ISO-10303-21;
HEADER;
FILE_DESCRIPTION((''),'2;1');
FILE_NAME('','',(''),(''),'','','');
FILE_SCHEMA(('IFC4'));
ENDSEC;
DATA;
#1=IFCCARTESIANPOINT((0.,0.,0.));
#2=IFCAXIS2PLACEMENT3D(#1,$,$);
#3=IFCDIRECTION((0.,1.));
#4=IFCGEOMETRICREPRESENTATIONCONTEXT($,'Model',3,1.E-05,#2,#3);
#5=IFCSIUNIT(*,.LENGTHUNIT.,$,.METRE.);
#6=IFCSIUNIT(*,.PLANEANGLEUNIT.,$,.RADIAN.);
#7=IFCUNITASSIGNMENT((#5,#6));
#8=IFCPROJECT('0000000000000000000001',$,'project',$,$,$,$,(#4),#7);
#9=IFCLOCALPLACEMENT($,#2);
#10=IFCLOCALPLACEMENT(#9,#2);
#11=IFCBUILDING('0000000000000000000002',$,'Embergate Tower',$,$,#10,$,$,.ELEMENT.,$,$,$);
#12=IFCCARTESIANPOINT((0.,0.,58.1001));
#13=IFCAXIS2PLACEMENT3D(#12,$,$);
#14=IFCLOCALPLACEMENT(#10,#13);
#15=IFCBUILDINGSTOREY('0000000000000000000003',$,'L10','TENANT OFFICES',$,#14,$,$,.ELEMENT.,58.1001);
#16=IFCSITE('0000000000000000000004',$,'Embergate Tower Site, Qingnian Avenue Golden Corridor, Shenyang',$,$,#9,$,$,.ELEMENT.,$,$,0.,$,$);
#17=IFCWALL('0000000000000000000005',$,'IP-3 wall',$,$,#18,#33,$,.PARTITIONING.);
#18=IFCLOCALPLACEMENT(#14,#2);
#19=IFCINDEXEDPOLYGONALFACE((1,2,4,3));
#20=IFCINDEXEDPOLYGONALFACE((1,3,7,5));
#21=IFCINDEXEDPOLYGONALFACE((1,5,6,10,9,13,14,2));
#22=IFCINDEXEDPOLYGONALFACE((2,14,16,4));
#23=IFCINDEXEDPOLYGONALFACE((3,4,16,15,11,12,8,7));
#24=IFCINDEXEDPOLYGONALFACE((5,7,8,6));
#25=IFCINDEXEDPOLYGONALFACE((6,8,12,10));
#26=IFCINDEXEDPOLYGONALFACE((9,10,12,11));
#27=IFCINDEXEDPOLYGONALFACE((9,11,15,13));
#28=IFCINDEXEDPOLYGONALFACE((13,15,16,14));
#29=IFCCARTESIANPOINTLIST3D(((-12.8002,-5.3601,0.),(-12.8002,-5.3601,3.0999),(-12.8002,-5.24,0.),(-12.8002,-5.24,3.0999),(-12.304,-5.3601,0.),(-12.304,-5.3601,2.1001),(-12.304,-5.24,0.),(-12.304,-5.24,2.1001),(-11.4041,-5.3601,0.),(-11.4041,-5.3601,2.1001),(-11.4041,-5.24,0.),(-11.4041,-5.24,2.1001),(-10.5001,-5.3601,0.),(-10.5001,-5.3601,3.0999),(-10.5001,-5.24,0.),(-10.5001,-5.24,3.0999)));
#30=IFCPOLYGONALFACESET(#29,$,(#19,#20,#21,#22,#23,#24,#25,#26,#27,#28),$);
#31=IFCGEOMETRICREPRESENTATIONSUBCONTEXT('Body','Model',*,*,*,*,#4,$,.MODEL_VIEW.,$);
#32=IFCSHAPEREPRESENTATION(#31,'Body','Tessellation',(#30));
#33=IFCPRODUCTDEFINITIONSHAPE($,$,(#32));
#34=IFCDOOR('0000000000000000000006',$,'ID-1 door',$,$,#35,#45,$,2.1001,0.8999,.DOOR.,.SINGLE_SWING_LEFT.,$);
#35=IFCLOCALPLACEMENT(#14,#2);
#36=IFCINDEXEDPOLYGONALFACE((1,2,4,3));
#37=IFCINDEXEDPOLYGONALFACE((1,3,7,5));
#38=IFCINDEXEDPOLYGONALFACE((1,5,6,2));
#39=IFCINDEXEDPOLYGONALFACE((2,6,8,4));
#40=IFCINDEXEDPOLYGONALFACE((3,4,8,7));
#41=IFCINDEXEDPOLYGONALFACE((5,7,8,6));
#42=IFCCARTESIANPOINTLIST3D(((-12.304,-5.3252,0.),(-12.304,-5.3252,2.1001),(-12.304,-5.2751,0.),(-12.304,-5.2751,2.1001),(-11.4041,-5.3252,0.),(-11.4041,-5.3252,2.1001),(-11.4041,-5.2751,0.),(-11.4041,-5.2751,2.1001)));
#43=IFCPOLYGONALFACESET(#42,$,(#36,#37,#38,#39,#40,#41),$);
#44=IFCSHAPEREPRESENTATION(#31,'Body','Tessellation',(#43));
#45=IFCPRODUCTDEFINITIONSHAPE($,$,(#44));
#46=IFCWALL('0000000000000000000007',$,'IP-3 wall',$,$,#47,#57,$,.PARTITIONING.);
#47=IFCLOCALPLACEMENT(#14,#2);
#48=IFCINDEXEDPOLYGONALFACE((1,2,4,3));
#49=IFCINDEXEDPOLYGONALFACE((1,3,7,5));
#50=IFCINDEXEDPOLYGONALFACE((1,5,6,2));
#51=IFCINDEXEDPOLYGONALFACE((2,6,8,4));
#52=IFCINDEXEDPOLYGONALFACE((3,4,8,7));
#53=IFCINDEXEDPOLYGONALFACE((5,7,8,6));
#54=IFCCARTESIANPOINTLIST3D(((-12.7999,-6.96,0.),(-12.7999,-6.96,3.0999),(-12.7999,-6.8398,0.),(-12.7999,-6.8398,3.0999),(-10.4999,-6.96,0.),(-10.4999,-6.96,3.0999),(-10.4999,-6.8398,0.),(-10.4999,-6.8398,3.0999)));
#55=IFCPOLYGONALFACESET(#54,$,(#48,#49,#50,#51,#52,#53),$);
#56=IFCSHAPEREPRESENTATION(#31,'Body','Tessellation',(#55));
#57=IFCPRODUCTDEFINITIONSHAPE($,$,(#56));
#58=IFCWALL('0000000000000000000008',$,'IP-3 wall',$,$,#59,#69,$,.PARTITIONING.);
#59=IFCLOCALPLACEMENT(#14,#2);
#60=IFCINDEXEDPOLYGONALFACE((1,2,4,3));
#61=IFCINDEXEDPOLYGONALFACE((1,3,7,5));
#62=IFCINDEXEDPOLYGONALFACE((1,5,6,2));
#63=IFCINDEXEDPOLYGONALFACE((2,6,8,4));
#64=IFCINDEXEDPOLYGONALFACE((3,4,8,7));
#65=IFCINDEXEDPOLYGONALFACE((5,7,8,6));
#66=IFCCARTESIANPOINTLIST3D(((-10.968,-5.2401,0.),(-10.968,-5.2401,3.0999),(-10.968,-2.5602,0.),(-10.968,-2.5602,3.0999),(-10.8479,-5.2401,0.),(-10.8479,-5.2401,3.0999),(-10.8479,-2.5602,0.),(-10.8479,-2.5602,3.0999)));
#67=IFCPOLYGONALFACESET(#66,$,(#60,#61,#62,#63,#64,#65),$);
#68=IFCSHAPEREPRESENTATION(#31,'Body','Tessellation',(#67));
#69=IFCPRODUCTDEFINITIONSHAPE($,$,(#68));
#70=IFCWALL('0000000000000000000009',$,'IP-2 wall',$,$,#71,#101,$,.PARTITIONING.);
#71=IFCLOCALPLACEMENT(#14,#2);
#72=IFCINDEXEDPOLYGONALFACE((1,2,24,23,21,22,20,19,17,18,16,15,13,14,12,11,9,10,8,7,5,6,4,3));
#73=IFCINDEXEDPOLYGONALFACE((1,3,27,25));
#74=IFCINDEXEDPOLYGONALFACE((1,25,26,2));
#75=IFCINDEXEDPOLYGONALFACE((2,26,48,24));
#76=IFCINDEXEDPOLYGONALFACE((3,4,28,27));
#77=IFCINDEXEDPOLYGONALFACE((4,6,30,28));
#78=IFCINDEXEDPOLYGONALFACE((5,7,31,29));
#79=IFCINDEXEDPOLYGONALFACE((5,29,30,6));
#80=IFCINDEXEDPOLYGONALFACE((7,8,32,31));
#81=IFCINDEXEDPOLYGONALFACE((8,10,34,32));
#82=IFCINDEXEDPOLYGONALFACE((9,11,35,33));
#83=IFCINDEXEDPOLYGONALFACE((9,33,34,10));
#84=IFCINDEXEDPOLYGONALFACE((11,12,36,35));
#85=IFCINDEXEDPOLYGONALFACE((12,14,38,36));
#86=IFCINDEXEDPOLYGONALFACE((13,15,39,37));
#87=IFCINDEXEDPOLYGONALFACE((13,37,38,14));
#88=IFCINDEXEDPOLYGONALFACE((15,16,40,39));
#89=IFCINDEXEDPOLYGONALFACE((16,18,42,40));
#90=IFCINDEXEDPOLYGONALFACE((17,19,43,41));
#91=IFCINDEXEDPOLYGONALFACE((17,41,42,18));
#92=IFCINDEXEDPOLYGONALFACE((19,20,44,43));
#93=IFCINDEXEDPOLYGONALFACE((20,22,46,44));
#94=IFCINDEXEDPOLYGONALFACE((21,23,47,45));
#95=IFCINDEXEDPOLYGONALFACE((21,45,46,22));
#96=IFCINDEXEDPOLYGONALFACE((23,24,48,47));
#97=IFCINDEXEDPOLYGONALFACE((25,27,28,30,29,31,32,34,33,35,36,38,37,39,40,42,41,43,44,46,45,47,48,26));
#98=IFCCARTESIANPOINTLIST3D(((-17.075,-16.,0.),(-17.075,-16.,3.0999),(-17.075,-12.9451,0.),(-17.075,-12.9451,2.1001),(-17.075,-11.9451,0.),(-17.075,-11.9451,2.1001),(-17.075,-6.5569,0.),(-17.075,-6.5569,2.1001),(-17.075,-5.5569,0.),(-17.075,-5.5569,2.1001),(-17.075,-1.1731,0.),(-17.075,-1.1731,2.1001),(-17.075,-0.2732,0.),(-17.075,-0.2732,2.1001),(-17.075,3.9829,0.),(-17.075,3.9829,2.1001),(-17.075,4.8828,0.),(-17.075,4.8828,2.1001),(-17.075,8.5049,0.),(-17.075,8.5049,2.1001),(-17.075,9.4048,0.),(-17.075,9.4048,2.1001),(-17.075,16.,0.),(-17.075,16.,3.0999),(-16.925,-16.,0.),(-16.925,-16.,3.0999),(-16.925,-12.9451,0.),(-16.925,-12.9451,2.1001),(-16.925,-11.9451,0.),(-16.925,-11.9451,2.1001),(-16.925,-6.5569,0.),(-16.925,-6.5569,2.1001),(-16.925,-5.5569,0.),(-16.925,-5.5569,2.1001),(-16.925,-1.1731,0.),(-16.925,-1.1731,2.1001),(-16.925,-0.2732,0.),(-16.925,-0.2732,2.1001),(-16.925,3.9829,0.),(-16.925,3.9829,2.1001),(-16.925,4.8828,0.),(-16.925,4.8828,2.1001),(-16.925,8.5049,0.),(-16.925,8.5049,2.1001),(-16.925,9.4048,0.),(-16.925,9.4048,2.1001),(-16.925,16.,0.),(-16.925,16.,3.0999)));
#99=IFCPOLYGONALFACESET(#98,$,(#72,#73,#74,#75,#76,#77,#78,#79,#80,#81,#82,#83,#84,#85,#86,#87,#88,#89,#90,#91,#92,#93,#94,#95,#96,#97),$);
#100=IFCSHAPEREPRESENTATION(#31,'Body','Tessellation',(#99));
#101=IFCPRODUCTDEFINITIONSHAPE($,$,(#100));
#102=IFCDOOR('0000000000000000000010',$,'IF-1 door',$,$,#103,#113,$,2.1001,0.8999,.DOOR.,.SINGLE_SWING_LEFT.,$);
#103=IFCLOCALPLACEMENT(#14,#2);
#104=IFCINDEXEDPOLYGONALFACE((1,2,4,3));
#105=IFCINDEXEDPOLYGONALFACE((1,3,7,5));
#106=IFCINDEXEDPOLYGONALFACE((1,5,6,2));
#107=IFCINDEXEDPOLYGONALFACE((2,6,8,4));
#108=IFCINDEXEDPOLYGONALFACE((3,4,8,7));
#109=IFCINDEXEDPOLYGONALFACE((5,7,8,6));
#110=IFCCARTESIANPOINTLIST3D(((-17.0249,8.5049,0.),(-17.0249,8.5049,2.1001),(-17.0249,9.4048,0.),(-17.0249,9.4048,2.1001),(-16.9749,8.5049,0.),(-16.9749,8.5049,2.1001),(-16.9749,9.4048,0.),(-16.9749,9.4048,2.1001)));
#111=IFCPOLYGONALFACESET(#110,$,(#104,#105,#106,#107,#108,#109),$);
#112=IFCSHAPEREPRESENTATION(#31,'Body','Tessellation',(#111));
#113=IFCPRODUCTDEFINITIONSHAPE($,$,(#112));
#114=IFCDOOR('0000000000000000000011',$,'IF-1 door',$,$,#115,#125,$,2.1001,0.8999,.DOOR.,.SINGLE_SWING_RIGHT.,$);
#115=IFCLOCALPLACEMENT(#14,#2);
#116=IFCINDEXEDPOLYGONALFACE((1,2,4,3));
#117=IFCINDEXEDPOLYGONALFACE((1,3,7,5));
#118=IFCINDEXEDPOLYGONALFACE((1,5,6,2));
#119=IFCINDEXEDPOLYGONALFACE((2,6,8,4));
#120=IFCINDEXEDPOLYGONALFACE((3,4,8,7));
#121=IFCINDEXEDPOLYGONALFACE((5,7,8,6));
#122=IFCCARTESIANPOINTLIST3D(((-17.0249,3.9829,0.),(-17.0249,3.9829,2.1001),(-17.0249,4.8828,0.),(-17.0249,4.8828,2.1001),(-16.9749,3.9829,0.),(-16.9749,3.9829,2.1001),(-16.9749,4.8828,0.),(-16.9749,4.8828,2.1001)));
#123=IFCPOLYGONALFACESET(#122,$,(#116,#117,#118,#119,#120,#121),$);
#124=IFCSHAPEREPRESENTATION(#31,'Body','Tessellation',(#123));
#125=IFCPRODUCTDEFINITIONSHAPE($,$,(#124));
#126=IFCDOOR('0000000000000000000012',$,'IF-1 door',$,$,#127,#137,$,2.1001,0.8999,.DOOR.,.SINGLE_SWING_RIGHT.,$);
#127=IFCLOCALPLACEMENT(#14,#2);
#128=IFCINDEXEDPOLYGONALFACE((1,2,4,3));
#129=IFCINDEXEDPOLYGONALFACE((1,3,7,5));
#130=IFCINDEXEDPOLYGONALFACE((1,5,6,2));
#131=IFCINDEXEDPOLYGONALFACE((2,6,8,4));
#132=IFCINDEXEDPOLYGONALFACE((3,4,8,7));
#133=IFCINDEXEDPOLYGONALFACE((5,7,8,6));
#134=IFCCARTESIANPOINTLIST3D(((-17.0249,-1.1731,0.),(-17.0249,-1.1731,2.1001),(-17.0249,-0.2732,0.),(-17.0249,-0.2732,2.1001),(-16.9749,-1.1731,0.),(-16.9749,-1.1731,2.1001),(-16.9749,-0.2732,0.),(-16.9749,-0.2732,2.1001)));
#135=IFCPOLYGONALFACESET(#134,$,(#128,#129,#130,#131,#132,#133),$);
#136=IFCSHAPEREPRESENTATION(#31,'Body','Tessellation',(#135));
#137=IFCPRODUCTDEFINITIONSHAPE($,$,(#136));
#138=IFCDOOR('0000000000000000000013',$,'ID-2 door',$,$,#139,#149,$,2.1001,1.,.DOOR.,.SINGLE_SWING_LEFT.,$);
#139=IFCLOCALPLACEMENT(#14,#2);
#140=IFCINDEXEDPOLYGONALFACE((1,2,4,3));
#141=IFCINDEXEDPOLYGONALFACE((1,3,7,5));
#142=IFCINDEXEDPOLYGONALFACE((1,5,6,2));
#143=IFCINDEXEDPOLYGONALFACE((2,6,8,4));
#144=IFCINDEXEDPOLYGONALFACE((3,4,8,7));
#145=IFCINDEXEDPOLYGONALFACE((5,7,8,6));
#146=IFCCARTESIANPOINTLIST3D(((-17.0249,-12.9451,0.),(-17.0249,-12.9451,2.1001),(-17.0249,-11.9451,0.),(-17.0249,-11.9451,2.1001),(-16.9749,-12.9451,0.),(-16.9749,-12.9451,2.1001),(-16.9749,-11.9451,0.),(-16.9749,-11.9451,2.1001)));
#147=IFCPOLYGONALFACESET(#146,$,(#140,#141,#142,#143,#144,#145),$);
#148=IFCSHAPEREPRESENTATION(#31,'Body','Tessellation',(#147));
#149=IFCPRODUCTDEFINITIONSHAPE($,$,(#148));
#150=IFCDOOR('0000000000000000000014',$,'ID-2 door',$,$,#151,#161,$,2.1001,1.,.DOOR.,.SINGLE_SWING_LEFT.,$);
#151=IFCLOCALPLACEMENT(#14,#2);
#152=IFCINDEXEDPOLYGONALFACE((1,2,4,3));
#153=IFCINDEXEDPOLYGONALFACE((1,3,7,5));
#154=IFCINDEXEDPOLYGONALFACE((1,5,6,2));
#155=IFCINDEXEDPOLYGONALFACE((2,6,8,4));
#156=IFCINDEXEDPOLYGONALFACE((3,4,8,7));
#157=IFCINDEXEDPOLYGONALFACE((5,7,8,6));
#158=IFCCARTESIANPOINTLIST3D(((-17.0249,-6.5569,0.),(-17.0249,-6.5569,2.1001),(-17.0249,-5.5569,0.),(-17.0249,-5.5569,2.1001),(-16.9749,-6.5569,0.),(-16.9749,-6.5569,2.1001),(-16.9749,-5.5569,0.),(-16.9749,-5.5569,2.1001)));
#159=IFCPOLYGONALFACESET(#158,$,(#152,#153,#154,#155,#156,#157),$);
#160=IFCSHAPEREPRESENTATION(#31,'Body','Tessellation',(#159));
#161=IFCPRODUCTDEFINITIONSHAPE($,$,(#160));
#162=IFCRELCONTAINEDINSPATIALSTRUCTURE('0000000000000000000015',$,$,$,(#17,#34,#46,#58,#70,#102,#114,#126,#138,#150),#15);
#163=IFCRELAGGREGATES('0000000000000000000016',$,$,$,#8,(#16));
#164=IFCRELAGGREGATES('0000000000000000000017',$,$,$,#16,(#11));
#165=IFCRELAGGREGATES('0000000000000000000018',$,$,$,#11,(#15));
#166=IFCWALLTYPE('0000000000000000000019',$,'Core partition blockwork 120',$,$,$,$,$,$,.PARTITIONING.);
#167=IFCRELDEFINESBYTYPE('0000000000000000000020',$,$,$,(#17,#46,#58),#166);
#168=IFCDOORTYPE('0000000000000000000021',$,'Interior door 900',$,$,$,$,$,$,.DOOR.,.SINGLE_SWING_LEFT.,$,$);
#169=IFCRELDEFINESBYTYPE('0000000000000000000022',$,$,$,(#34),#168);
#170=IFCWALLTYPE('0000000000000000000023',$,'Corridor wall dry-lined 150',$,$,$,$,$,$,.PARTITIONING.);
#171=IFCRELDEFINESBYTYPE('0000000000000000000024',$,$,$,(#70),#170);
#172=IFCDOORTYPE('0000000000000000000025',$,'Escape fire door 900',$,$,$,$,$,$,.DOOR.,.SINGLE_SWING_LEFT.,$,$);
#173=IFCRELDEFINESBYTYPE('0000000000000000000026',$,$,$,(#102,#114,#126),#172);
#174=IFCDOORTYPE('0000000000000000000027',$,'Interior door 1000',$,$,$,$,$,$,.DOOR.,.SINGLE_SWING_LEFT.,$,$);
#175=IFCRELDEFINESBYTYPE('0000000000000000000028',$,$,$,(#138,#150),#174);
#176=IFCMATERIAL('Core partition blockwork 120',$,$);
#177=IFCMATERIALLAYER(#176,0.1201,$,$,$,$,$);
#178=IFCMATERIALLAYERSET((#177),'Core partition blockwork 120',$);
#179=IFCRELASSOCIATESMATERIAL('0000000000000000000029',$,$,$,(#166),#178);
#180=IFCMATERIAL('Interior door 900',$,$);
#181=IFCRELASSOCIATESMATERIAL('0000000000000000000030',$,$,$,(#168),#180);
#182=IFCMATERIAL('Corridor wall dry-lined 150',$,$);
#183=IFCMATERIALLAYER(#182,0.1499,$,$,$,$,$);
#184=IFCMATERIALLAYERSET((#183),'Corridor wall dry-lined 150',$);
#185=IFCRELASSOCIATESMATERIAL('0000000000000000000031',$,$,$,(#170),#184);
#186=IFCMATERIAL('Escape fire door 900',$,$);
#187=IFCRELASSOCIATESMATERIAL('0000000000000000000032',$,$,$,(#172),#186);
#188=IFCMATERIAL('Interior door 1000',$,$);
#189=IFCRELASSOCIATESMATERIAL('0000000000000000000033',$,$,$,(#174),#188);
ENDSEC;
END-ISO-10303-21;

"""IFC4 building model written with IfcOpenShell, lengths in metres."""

from ifc_helpers import new_model, si_unit, direction, frame, frame_2d, origin, place, context, subcontext, project, spatial, rectangle, extrude, source, transform, mapped, material, layer, layer_set, type_object, element, fill, save


model = new_model("IFC4")

# Units and contexts
model_context = context("Model", 3, precision=1e-05, world=origin(), true_north=direction((0.0, 1.0)))
body_context = subcontext(model_context, "Body", "Model", "MODEL_VIEW")
ifc_project = project(units=[si_unit("LENGTHUNIT", "METRE"), si_unit("PLANEANGLEUNIT", "RADIAN")], contexts=[model_context])

# Site, building, storey
site_placement = place(None, origin())
site = spatial("IfcSite", under=ifc_project, at=site_placement, Name="Embergate Tower Site, Qingnian Avenue Golden Corridor, Shenyang", CompositionType="ELEMENT", RefElevation=0.0)
building_placement = place(site_placement, origin())
building = spatial("IfcBuilding", under=site, at=building_placement, Name="Embergate Tower", CompositionType="ELEMENT")
storey_placement = place(building_placement, frame((0.0, 0.0, 58.1001)))
storey = spatial("IfcBuildingStorey", under=building, at=storey_placement, Name="L10", Description="TENANT OFFICES", CompositionType="ELEMENT", Elevation=58.1001)

# Wall, opening, door
ifc_material_1 = material(Name="Core partition blockwork 120")
ifc_layer_1 = layer(ifc_material_1, 0.1201)
ifc_layer_set_1 = layer_set([ifc_layer_1], Name="Core partition blockwork 120")
wall_type_1 = type_object("IfcWallType", Name="Core partition blockwork 120", PredefinedType="PARTITIONING", material=ifc_layer_set_1)
shared_shape_1 = source(origin(), body_context, "Body", "SweptSolid", [
    extrude(rectangle(XDim=2.3, YDim=0.1201, at=frame_2d((1.1499, 0.0))), origin(), (0.0, 0.0, 1.0), 3.0999),
])
shared_shape_2 = source(origin(), body_context, "Body", "SweptSolid", [
    extrude(rectangle(XDim=0.8999, YDim=2.1001, at=frame_2d((0.45, 1.05))), frame((0.0, 0.0701, 0.0), z_axis=(0.0, -1.0, 0.0), x_axis=(1.0, 0.0, 0.0)), (0.0, 0.0, 1.0), 0.1401),
])
ifc_material_2 = material(Name="Interior door 900")
door_type_1 = type_object("IfcDoorType", Name="Interior door 900", OperationType="SINGLE_SWING_LEFT", PredefinedType="DOOR", material=ifc_material_2)
shared_shape_3 = source(origin(), body_context, "Body", "SweptSolid", [
    extrude(rectangle(XDim=0.8999, YDim=2.1001, at=frame_2d((0.45, 1.05))), frame((0.0, 0.0249, 0.0), z_axis=(0.0, -1.0, 0.0), x_axis=(1.0, 0.0, 0.0)), (0.0, 0.0, 1.0), 0.05),
])
wall_1_placement = place(storey_placement, frame((-12.8, -5.3, 0.0), z_axis=(0.0, 0.0, 1.0), x_axis=(1.0, 0.0, 0.0)))
wall_1 = element("IfcWall", 1, at=wall_1_placement, inside=storey, type_object=wall_type_1, Name="IP-3 wall", PredefinedType="PARTITIONING", context=body_context, shape_type="MappedRepresentation", body=[
    mapped(shared_shape_1, transform((0.0, 0.0, 0.0))),
])
opening_1_placement = place(wall_1_placement, frame((0.4961, 0.0, 0.0)))
opening_1 = element("IfcOpeningElement", 2, at=opening_1_placement, cuts=wall_1, PredefinedType="OPENING", context=body_context, shape_type="MappedRepresentation", body=[
    mapped(shared_shape_2, transform((0.0, 0.0, 0.0))),
])
door_1_placement = place(opening_1_placement, origin())
door_1 = element("IfcDoor", 3, at=door_1_placement, inside=storey, type_object=door_type_1, Name="ID-1 door", OperationType="SINGLE_SWING_LEFT", OverallHeight=2.1001, OverallWidth=0.8999, PredefinedType="DOOR", context=body_context, shape_type="MappedRepresentation", body=[
    mapped(shared_shape_3, transform((0.0, 0.0, 0.0))),
])
fill(opening_1, door_1)

# Walls
wall_2_placement = place(storey_placement, frame((-10.5, -6.8999, 0.0), z_axis=(0.0, 0.0, 1.0), x_axis=(-1.0, 0.0, 0.0)))
element("IfcWall", 4, at=wall_2_placement, inside=storey, type_object=wall_type_1, Name="IP-3 wall", PredefinedType="PARTITIONING", context=body_context, shape_type="MappedRepresentation", body=[
    mapped(shared_shape_1, transform((0.0, 0.0, 0.0))),
])
shared_shape_4 = source(origin(), body_context, "Body", "SweptSolid", [
    extrude(rectangle(XDim=2.6799, YDim=0.1201, at=frame_2d((1.3398, 0.0))), origin(), (0.0, 0.0, 1.0), 3.0999),
])
wall_3_placement = place(storey_placement, frame((-10.908, -5.24, 0.0), z_axis=(0.0, 0.0, 1.0), x_axis=(0.0, 1.0, 0.0)))
element("IfcWall", 5, at=wall_3_placement, inside=storey, type_object=wall_type_1, Name="IP-3 wall", PredefinedType="PARTITIONING", context=body_context, shape_type="MappedRepresentation", body=[
    mapped(shared_shape_4, transform((0.0, 0.0, 0.0))),
])

# Wall, openings, doors
ifc_material_3 = material(Name="Corridor wall dry-lined 150")
ifc_layer_2 = layer(ifc_material_3, 0.1499)
ifc_layer_set_2 = layer_set([ifc_layer_2], Name="Corridor wall dry-lined 150")
wall_type_2 = type_object("IfcWallType", Name="Corridor wall dry-lined 150", PredefinedType="PARTITIONING", material=ifc_layer_set_2)
shared_shape_5 = source(origin(), body_context, "Body", "SweptSolid", [
    extrude(rectangle(XDim=32.0, YDim=0.1499, at=frame_2d((16.0, 0.0))), origin(), (0.0, 0.0, 1.0), 3.0999),
])
wall_4_placement = place(storey_placement, frame((-17.0, -16.0, 0.0), z_axis=(0.0, 0.0, 1.0), x_axis=(0.0, 1.0, 0.0)))
wall_4 = element("IfcWall", 6, at=wall_4_placement, inside=storey, type_object=wall_type_2, Name="IP-2 wall", PredefinedType="PARTITIONING", context=body_context, shape_type="MappedRepresentation", body=[
    mapped(shared_shape_5, transform((0.0, 0.0, 0.0))),
])
shared_shape_6 = source(origin(), body_context, "Body", "SweptSolid", [
    extrude(rectangle(XDim=1.0, YDim=2.1001, at=frame_2d((0.5, 1.05))), frame((0.0, 0.085, 0.0), z_axis=(0.0, -1.0, 0.0), x_axis=(1.0, 0.0, 0.0)), (0.0, 0.0, 1.0), 0.1699),
])
opening_2_placement = place(wall_4_placement, frame((3.0549, 0.0, 0.0)))
opening_2 = element("IfcOpeningElement", 7, at=opening_2_placement, cuts=wall_4, PredefinedType="OPENING", context=body_context, shape_type="MappedRepresentation", body=[
    mapped(shared_shape_6, transform((0.0, 0.0, 0.0))),
])
shared_shape_7 = source(origin(), body_context, "Body", "SweptSolid", [
    extrude(rectangle(XDim=0.8999, YDim=2.1001, at=frame_2d((0.45, 1.05))), frame((0.0, 0.085, 0.0), z_axis=(0.0, -1.0, 0.0), x_axis=(1.0, 0.0, 0.0)), (0.0, 0.0, 1.0), 0.1699),
])
opening_3_placement = place(wall_4_placement, frame((24.5049, 0.0, 0.0)))
opening_3 = element("IfcOpeningElement", 8, at=opening_3_placement, cuts=wall_4, PredefinedType="OPENING", context=body_context, shape_type="MappedRepresentation", body=[
    mapped(shared_shape_7, transform((0.0, 0.0, 0.0))),
])
opening_4_placement = place(wall_4_placement, frame((19.9829, 0.0, 0.0)))
opening_4 = element("IfcOpeningElement", 9, at=opening_4_placement, cuts=wall_4, PredefinedType="OPENING", context=body_context, shape_type="MappedRepresentation", body=[
    mapped(shared_shape_7, transform((0.0, 0.0, 0.0))),
])
opening_5_placement = place(wall_4_placement, frame((14.8269, 0.0, 0.0)))
opening_5 = element("IfcOpeningElement", 10, at=opening_5_placement, cuts=wall_4, PredefinedType="OPENING", context=body_context, shape_type="MappedRepresentation", body=[
    mapped(shared_shape_7, transform((0.0, 0.0, 0.0))),
])
opening_6_placement = place(wall_4_placement, frame((9.4431, 0.0, 0.0)))
opening_6 = element("IfcOpeningElement", 11, at=opening_6_placement, cuts=wall_4, PredefinedType="OPENING", context=body_context, shape_type="MappedRepresentation", body=[
    mapped(shared_shape_6, transform((0.0, 0.0, 0.0))),
])
ifc_material_4 = material(Name="Escape fire door 900")
door_type_2 = type_object("IfcDoorType", Name="Escape fire door 900", OperationType="SINGLE_SWING_LEFT", PredefinedType="DOOR", material=ifc_material_4)
door_2_placement = place(opening_3_placement, origin())
door_2 = element("IfcDoor", 12, at=door_2_placement, inside=storey, type_object=door_type_2, Name="IF-1 door", OperationType="SINGLE_SWING_LEFT", OverallHeight=2.1001, OverallWidth=0.8999, PredefinedType="DOOR", context=body_context, shape_type="MappedRepresentation", body=[
    mapped(shared_shape_3, transform((0.0, 0.0, 0.0))),
])
fill(opening_3, door_2)
door_3_placement = place(opening_4_placement, origin())
door_3 = element("IfcDoor", 13, at=door_3_placement, inside=storey, type_object=door_type_2, Name="IF-1 door", OperationType="SINGLE_SWING_RIGHT", OverallHeight=2.1001, OverallWidth=0.8999, PredefinedType="DOOR", context=body_context, shape_type="MappedRepresentation", body=[
    mapped(shared_shape_3, transform((0.0, 0.0, 0.0))),
])
fill(opening_4, door_3)
door_4_placement = place(opening_5_placement, origin())
door_4 = element("IfcDoor", 14, at=door_4_placement, inside=storey, type_object=door_type_2, Name="IF-1 door", OperationType="SINGLE_SWING_RIGHT", OverallHeight=2.1001, OverallWidth=0.8999, PredefinedType="DOOR", context=body_context, shape_type="MappedRepresentation", body=[
    mapped(shared_shape_3, transform((0.0, 0.0, 0.0))),
])
fill(opening_5, door_4)
ifc_material_5 = material(Name="Interior door 1000")
door_type_3 = type_object("IfcDoorType", Name="Interior door 1000", OperationType="SINGLE_SWING_LEFT", PredefinedType="DOOR", material=ifc_material_5)
shared_shape_8 = source(origin(), body_context, "Body", "SweptSolid", [
    extrude(rectangle(XDim=1.0, YDim=2.1001, at=frame_2d((0.5, 1.05))), frame((0.0, 0.0249, 0.0), z_axis=(0.0, -1.0, 0.0), x_axis=(1.0, 0.0, 0.0)), (0.0, 0.0, 1.0), 0.05),
])
door_5_placement = place(opening_2_placement, origin())
door_5 = element("IfcDoor", 15, at=door_5_placement, inside=storey, type_object=door_type_3, Name="ID-2 door", OperationType="SINGLE_SWING_LEFT", OverallHeight=2.1001, OverallWidth=1.0, PredefinedType="DOOR", context=body_context, shape_type="MappedRepresentation", body=[
    mapped(shared_shape_8, transform((0.0, 0.0, 0.0))),
])
fill(opening_2, door_5)
door_6_placement = place(opening_6_placement, origin())
door_6 = element("IfcDoor", 16, at=door_6_placement, inside=storey, type_object=door_type_3, Name="ID-2 door", OperationType="SINGLE_SWING_LEFT", OverallHeight=2.1001, OverallWidth=1.0, PredefinedType="DOOR", context=body_context, shape_type="MappedRepresentation", body=[
    mapped(shared_shape_8, transform((0.0, 0.0, 0.0))),
])
fill(opening_6, door_6)

save(model, "model.ifc")
